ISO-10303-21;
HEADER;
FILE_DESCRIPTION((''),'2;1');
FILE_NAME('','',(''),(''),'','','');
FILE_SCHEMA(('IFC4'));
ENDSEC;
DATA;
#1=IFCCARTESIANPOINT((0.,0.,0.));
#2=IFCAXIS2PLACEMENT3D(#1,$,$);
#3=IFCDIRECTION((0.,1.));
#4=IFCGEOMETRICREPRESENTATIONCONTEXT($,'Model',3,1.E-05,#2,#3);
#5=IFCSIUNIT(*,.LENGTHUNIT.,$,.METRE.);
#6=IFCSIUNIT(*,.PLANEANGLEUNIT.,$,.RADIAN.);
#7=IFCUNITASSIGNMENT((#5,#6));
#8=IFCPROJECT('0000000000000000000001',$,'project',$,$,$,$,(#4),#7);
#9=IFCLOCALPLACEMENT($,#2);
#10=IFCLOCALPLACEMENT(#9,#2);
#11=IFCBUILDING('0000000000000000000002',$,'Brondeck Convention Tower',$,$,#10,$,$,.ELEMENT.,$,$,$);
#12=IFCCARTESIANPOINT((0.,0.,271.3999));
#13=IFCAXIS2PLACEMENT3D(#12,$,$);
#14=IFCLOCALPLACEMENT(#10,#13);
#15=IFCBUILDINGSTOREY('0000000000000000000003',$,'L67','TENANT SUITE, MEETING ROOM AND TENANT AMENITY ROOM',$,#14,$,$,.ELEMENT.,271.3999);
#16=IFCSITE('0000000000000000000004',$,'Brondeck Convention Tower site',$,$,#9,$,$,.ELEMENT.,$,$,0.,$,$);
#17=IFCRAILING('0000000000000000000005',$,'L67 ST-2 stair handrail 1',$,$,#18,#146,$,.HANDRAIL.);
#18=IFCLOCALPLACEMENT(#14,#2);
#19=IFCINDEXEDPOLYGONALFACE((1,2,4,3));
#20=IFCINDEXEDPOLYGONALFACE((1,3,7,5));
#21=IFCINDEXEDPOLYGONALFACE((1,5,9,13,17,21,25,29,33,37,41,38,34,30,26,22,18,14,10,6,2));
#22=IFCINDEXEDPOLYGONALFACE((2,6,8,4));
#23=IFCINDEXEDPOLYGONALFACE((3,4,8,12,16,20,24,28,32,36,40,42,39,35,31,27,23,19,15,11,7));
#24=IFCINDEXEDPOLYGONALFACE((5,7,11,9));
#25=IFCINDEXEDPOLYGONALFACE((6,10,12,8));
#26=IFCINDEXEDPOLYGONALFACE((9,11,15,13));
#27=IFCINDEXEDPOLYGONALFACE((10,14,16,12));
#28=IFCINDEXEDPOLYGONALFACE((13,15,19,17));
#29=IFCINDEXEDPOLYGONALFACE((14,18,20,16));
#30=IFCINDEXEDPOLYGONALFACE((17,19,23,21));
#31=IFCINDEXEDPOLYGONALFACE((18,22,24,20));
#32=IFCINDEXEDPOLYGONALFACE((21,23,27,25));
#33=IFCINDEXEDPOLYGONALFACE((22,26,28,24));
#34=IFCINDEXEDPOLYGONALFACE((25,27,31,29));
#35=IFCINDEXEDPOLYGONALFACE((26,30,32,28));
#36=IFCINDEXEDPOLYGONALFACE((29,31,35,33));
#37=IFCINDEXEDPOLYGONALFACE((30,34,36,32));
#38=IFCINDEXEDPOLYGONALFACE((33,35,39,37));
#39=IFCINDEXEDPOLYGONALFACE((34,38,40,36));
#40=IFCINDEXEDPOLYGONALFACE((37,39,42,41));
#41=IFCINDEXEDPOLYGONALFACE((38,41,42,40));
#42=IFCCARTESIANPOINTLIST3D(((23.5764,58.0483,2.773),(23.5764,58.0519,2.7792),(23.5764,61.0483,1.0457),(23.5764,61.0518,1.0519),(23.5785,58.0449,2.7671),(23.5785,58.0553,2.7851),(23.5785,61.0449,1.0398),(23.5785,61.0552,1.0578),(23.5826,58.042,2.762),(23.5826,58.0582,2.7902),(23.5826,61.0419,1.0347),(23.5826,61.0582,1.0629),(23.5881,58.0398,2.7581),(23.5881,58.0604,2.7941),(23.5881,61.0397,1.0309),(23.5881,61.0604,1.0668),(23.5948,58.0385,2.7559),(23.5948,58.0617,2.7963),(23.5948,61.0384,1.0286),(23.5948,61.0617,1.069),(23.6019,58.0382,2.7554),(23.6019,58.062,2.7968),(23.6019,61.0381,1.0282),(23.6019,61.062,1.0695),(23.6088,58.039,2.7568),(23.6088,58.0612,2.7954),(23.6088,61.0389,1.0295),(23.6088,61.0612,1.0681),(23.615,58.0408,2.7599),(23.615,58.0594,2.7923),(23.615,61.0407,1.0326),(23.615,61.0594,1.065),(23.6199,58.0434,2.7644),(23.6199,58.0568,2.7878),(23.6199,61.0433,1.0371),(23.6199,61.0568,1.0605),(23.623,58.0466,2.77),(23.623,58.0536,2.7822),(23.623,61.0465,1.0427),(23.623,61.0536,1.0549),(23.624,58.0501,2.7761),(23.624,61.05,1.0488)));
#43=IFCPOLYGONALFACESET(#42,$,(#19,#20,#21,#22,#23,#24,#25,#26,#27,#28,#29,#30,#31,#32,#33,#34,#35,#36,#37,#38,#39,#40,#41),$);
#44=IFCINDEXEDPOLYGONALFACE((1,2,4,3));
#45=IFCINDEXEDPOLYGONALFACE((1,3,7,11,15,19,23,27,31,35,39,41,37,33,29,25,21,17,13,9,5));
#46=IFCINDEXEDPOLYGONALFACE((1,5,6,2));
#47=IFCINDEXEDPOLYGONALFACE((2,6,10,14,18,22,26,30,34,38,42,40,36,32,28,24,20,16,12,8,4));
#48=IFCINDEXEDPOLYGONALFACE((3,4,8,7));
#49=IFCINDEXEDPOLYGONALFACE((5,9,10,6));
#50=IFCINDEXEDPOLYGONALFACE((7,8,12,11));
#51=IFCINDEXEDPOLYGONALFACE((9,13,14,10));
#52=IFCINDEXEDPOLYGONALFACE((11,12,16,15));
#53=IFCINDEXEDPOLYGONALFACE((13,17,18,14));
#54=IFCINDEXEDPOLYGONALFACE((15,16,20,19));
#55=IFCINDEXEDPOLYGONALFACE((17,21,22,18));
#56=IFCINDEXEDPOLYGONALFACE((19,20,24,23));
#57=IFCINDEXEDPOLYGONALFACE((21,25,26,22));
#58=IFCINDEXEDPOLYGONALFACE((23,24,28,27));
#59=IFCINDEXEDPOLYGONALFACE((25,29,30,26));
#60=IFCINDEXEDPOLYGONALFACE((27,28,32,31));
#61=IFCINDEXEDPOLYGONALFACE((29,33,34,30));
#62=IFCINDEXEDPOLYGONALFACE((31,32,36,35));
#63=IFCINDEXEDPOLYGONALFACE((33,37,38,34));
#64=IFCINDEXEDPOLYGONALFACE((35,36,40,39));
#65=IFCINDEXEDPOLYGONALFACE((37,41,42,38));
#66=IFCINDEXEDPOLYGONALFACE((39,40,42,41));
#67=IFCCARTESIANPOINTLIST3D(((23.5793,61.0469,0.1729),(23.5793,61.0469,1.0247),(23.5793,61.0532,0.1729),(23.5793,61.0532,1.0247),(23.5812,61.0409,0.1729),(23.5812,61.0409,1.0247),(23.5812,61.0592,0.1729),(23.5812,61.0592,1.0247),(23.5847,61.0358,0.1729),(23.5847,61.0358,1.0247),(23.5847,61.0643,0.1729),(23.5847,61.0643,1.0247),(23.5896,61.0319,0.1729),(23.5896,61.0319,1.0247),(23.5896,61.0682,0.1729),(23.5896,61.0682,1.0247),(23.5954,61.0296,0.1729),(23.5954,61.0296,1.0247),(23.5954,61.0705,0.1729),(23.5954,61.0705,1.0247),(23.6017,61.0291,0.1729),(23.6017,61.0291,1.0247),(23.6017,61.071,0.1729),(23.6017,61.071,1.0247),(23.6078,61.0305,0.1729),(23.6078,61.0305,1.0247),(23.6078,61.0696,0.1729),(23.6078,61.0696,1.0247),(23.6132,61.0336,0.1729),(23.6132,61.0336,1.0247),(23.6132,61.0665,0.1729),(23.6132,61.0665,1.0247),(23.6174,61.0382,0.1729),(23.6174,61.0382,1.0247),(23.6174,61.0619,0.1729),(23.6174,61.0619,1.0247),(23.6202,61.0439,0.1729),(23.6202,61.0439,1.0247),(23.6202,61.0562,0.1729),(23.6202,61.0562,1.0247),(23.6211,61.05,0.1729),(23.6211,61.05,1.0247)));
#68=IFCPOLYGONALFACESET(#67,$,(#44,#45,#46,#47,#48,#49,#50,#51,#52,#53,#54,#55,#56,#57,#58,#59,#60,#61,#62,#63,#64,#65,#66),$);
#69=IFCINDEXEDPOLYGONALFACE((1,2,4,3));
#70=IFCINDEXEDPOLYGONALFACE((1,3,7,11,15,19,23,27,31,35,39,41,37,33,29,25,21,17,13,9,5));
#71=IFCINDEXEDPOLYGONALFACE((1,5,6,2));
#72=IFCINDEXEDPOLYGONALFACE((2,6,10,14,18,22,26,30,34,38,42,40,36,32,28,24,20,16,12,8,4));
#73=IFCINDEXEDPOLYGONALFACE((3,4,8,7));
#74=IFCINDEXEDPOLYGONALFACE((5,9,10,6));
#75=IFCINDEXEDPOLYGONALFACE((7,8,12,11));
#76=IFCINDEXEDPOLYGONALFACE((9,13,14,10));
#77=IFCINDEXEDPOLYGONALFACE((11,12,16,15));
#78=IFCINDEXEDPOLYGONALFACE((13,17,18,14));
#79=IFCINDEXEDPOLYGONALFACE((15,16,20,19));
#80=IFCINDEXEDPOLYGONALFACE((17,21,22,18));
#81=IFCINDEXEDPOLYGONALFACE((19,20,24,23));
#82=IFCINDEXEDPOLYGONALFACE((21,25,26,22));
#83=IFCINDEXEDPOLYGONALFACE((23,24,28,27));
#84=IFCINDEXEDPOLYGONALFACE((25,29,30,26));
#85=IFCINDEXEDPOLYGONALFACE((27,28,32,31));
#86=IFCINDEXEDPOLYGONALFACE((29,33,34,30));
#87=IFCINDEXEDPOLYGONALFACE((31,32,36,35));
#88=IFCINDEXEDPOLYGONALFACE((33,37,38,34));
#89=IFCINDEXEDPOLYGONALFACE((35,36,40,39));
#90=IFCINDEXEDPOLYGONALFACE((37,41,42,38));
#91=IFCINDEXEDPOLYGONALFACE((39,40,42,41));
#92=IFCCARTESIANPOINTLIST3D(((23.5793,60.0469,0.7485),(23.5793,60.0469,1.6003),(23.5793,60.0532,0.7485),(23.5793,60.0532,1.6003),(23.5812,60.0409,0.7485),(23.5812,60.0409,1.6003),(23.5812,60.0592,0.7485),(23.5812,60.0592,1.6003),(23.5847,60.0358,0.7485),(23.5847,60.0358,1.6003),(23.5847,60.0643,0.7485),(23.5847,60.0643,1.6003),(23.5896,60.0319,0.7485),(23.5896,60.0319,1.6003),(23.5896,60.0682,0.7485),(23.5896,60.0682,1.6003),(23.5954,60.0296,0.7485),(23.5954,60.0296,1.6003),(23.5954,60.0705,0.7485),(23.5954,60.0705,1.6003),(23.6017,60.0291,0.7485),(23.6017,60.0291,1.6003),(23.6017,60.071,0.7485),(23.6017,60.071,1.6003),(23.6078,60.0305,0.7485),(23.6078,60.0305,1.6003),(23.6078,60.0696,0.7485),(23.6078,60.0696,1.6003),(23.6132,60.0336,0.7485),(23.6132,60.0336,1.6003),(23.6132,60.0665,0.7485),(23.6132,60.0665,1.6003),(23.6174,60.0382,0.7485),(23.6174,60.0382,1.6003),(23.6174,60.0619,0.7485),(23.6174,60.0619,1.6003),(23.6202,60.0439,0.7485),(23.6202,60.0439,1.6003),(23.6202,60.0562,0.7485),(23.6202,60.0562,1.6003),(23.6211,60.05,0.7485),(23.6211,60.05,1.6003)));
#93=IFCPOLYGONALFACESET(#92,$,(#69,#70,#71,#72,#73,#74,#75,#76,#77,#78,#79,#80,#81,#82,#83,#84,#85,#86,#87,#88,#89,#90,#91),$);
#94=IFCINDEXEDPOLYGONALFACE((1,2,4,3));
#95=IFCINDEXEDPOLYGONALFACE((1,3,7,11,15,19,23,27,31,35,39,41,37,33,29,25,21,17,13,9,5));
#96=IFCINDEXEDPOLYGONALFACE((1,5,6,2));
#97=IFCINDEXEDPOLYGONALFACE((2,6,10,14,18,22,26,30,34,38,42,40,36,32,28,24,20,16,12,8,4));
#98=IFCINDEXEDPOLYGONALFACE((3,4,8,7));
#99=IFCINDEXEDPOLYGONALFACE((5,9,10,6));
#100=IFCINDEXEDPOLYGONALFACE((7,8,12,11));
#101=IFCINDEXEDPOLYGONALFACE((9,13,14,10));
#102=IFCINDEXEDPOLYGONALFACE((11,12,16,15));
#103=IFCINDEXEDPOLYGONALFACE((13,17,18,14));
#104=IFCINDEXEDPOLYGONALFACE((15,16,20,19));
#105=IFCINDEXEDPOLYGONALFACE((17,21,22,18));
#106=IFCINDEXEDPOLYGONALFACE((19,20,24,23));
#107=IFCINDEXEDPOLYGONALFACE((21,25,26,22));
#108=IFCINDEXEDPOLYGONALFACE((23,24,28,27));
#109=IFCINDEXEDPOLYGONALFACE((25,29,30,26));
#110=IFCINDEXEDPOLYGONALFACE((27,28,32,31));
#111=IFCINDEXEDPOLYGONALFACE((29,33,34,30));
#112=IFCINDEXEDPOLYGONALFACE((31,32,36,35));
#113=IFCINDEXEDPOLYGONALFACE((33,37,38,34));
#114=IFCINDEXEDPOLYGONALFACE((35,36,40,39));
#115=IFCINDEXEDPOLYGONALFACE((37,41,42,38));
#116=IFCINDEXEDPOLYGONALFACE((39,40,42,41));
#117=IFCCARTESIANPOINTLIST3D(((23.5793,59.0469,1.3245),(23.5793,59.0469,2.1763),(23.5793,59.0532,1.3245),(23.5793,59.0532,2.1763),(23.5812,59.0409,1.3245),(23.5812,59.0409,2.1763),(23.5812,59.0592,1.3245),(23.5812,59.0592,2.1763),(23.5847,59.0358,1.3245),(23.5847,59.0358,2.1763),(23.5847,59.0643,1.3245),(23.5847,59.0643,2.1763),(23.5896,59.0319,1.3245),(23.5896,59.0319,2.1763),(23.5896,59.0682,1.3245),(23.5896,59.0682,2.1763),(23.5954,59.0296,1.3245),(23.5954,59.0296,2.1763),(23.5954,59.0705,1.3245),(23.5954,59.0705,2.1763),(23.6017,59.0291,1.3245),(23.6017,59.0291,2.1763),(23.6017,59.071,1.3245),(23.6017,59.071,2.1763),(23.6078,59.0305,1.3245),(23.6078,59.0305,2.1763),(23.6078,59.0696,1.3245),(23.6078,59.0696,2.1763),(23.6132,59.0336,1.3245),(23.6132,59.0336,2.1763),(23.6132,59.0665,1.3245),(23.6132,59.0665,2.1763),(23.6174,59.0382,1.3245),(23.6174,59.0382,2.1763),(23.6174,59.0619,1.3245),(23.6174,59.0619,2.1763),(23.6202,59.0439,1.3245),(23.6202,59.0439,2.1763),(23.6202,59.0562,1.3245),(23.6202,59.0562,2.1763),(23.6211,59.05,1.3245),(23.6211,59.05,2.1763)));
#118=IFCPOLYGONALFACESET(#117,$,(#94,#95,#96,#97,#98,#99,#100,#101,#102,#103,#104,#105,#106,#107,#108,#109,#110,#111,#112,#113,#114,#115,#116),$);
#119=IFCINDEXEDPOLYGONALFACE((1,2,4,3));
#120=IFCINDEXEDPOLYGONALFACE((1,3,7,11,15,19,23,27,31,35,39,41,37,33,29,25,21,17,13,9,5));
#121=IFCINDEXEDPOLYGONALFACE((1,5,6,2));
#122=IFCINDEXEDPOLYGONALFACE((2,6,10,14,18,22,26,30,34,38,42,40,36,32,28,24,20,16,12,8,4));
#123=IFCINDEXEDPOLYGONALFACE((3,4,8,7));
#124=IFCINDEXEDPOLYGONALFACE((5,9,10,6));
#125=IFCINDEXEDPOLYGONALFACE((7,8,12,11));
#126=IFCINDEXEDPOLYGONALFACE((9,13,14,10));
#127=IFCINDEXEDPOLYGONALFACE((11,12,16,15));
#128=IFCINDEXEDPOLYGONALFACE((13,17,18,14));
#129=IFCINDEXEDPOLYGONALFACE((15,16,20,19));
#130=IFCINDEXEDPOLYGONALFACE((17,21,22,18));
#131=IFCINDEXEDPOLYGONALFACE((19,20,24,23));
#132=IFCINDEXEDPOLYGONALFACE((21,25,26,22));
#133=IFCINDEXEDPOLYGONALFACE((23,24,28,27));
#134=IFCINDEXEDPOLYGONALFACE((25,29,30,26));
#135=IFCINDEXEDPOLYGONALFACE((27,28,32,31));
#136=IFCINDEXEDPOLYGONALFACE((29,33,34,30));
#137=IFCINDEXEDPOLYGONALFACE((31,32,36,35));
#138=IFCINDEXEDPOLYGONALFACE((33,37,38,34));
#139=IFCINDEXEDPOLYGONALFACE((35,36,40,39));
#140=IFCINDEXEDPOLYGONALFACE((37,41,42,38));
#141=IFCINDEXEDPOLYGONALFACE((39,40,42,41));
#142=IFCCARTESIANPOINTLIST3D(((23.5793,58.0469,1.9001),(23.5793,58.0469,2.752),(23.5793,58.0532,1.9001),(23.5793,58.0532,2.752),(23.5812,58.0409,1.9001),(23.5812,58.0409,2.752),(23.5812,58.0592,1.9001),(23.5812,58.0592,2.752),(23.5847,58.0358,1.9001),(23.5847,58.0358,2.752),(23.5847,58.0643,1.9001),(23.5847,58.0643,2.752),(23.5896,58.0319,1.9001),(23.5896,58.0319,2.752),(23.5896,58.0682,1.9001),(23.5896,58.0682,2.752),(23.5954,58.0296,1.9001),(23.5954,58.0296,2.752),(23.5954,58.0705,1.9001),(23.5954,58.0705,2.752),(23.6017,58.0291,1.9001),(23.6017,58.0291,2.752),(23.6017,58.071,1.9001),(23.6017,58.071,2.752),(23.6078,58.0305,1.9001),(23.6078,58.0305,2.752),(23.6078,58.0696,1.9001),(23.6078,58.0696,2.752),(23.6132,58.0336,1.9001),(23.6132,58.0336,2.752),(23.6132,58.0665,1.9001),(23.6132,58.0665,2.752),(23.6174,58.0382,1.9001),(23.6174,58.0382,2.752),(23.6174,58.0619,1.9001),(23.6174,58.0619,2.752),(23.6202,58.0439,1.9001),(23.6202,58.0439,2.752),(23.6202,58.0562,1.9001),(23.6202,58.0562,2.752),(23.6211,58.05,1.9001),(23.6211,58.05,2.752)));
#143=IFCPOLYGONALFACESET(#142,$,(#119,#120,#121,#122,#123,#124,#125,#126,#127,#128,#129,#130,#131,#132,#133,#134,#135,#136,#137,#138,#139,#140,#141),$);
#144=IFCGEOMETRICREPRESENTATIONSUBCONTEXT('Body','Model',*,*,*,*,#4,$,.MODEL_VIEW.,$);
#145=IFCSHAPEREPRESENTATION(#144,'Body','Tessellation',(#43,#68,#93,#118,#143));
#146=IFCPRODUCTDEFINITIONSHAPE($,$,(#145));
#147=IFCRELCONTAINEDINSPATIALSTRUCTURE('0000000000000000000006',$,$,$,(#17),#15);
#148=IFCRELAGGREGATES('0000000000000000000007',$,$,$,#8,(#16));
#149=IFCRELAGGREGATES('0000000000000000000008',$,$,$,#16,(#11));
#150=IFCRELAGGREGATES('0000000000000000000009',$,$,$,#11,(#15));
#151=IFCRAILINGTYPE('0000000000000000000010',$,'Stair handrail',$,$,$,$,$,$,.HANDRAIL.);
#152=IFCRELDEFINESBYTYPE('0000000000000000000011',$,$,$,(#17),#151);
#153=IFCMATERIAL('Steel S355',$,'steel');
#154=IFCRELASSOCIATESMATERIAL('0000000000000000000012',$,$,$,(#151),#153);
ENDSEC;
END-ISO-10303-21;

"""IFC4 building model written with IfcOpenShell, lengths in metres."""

from ifc_helpers import new_model, si_unit, direction, frame, origin, origin_2d, place, context, subcontext, project, spatial, circle, extrude, material, type_object, element, save


model = new_model("IFC4")

# Units and contexts
model_context = context("Model", 3, precision=1e-05, world=origin(), true_north=direction((0.0, 1.0)))
body_context = subcontext(model_context, "Body", "Model", "MODEL_VIEW")
ifc_project = project(units=[si_unit("LENGTHUNIT", "METRE"), si_unit("PLANEANGLEUNIT", "RADIAN")], contexts=[model_context])

# Site, building, storey
site_placement = place(None, origin())
site = spatial("IfcSite", under=ifc_project, at=site_placement, Name="Brondeck Convention Tower site", CompositionType="ELEMENT", RefElevation=0.0)
building_placement = place(site_placement, origin())
building = spatial("IfcBuilding", under=site, at=building_placement, Name="Brondeck Convention Tower", CompositionType="ELEMENT")
storey_placement = place(building_placement, frame((0.0, 0.0, 271.3999)))
storey = spatial("IfcBuildingStorey", under=building, at=storey_placement, Name="L67", Description="TENANT SUITE, MEETING ROOM AND TENANT AMENITY ROOM", CompositionType="ELEMENT", Elevation=271.3999)

# Railing
ifc_material_1 = material(Name="Steel S355", Category="steel")
railing_type_1 = type_object("IfcRailingType", Name="Stair handrail", PredefinedType="HANDRAIL", material=ifc_material_1)
railing_1_placement = place(storey_placement, frame((23.6001, 61.05, 0.1729)))
element("IfcRailing", 1, at=railing_1_placement, inside=storey, type_object=railing_type_1, Name="L67 ST-2 stair handrail 1", PredefinedType="HANDRAIL", context=body_context, shape_type="SweptSolid", body=[
    extrude(circle(Radius=0.0239, at=origin_2d()), frame((0.0, 0.0, 0.876), z_axis=(0.0, -0.86662, 0.498969), x_axis=(1.0, 0.0, 0.0)), (0.0, 0.0, 1.0), 3.4617),
    extrude(circle(Radius=0.021, at=origin_2d()), origin(), (0.0, 0.0, 1.0), 0.8518),
    extrude(circle(Radius=0.021, at=origin_2d()), frame((0.0, -1.0, 0.5757)), (0.0, 0.0, 1.0), 0.8518),
    extrude(circle(Radius=0.021, at=origin_2d()), frame((0.0, -2.0, 1.1516)), (0.0, 0.0, 1.0), 0.8518),
    extrude(circle(Radius=0.021, at=origin_2d()), frame((0.0, -3.0, 1.7273)), (0.0, 0.0, 1.0), 0.8518),
])

save(model, "model.ifc")
